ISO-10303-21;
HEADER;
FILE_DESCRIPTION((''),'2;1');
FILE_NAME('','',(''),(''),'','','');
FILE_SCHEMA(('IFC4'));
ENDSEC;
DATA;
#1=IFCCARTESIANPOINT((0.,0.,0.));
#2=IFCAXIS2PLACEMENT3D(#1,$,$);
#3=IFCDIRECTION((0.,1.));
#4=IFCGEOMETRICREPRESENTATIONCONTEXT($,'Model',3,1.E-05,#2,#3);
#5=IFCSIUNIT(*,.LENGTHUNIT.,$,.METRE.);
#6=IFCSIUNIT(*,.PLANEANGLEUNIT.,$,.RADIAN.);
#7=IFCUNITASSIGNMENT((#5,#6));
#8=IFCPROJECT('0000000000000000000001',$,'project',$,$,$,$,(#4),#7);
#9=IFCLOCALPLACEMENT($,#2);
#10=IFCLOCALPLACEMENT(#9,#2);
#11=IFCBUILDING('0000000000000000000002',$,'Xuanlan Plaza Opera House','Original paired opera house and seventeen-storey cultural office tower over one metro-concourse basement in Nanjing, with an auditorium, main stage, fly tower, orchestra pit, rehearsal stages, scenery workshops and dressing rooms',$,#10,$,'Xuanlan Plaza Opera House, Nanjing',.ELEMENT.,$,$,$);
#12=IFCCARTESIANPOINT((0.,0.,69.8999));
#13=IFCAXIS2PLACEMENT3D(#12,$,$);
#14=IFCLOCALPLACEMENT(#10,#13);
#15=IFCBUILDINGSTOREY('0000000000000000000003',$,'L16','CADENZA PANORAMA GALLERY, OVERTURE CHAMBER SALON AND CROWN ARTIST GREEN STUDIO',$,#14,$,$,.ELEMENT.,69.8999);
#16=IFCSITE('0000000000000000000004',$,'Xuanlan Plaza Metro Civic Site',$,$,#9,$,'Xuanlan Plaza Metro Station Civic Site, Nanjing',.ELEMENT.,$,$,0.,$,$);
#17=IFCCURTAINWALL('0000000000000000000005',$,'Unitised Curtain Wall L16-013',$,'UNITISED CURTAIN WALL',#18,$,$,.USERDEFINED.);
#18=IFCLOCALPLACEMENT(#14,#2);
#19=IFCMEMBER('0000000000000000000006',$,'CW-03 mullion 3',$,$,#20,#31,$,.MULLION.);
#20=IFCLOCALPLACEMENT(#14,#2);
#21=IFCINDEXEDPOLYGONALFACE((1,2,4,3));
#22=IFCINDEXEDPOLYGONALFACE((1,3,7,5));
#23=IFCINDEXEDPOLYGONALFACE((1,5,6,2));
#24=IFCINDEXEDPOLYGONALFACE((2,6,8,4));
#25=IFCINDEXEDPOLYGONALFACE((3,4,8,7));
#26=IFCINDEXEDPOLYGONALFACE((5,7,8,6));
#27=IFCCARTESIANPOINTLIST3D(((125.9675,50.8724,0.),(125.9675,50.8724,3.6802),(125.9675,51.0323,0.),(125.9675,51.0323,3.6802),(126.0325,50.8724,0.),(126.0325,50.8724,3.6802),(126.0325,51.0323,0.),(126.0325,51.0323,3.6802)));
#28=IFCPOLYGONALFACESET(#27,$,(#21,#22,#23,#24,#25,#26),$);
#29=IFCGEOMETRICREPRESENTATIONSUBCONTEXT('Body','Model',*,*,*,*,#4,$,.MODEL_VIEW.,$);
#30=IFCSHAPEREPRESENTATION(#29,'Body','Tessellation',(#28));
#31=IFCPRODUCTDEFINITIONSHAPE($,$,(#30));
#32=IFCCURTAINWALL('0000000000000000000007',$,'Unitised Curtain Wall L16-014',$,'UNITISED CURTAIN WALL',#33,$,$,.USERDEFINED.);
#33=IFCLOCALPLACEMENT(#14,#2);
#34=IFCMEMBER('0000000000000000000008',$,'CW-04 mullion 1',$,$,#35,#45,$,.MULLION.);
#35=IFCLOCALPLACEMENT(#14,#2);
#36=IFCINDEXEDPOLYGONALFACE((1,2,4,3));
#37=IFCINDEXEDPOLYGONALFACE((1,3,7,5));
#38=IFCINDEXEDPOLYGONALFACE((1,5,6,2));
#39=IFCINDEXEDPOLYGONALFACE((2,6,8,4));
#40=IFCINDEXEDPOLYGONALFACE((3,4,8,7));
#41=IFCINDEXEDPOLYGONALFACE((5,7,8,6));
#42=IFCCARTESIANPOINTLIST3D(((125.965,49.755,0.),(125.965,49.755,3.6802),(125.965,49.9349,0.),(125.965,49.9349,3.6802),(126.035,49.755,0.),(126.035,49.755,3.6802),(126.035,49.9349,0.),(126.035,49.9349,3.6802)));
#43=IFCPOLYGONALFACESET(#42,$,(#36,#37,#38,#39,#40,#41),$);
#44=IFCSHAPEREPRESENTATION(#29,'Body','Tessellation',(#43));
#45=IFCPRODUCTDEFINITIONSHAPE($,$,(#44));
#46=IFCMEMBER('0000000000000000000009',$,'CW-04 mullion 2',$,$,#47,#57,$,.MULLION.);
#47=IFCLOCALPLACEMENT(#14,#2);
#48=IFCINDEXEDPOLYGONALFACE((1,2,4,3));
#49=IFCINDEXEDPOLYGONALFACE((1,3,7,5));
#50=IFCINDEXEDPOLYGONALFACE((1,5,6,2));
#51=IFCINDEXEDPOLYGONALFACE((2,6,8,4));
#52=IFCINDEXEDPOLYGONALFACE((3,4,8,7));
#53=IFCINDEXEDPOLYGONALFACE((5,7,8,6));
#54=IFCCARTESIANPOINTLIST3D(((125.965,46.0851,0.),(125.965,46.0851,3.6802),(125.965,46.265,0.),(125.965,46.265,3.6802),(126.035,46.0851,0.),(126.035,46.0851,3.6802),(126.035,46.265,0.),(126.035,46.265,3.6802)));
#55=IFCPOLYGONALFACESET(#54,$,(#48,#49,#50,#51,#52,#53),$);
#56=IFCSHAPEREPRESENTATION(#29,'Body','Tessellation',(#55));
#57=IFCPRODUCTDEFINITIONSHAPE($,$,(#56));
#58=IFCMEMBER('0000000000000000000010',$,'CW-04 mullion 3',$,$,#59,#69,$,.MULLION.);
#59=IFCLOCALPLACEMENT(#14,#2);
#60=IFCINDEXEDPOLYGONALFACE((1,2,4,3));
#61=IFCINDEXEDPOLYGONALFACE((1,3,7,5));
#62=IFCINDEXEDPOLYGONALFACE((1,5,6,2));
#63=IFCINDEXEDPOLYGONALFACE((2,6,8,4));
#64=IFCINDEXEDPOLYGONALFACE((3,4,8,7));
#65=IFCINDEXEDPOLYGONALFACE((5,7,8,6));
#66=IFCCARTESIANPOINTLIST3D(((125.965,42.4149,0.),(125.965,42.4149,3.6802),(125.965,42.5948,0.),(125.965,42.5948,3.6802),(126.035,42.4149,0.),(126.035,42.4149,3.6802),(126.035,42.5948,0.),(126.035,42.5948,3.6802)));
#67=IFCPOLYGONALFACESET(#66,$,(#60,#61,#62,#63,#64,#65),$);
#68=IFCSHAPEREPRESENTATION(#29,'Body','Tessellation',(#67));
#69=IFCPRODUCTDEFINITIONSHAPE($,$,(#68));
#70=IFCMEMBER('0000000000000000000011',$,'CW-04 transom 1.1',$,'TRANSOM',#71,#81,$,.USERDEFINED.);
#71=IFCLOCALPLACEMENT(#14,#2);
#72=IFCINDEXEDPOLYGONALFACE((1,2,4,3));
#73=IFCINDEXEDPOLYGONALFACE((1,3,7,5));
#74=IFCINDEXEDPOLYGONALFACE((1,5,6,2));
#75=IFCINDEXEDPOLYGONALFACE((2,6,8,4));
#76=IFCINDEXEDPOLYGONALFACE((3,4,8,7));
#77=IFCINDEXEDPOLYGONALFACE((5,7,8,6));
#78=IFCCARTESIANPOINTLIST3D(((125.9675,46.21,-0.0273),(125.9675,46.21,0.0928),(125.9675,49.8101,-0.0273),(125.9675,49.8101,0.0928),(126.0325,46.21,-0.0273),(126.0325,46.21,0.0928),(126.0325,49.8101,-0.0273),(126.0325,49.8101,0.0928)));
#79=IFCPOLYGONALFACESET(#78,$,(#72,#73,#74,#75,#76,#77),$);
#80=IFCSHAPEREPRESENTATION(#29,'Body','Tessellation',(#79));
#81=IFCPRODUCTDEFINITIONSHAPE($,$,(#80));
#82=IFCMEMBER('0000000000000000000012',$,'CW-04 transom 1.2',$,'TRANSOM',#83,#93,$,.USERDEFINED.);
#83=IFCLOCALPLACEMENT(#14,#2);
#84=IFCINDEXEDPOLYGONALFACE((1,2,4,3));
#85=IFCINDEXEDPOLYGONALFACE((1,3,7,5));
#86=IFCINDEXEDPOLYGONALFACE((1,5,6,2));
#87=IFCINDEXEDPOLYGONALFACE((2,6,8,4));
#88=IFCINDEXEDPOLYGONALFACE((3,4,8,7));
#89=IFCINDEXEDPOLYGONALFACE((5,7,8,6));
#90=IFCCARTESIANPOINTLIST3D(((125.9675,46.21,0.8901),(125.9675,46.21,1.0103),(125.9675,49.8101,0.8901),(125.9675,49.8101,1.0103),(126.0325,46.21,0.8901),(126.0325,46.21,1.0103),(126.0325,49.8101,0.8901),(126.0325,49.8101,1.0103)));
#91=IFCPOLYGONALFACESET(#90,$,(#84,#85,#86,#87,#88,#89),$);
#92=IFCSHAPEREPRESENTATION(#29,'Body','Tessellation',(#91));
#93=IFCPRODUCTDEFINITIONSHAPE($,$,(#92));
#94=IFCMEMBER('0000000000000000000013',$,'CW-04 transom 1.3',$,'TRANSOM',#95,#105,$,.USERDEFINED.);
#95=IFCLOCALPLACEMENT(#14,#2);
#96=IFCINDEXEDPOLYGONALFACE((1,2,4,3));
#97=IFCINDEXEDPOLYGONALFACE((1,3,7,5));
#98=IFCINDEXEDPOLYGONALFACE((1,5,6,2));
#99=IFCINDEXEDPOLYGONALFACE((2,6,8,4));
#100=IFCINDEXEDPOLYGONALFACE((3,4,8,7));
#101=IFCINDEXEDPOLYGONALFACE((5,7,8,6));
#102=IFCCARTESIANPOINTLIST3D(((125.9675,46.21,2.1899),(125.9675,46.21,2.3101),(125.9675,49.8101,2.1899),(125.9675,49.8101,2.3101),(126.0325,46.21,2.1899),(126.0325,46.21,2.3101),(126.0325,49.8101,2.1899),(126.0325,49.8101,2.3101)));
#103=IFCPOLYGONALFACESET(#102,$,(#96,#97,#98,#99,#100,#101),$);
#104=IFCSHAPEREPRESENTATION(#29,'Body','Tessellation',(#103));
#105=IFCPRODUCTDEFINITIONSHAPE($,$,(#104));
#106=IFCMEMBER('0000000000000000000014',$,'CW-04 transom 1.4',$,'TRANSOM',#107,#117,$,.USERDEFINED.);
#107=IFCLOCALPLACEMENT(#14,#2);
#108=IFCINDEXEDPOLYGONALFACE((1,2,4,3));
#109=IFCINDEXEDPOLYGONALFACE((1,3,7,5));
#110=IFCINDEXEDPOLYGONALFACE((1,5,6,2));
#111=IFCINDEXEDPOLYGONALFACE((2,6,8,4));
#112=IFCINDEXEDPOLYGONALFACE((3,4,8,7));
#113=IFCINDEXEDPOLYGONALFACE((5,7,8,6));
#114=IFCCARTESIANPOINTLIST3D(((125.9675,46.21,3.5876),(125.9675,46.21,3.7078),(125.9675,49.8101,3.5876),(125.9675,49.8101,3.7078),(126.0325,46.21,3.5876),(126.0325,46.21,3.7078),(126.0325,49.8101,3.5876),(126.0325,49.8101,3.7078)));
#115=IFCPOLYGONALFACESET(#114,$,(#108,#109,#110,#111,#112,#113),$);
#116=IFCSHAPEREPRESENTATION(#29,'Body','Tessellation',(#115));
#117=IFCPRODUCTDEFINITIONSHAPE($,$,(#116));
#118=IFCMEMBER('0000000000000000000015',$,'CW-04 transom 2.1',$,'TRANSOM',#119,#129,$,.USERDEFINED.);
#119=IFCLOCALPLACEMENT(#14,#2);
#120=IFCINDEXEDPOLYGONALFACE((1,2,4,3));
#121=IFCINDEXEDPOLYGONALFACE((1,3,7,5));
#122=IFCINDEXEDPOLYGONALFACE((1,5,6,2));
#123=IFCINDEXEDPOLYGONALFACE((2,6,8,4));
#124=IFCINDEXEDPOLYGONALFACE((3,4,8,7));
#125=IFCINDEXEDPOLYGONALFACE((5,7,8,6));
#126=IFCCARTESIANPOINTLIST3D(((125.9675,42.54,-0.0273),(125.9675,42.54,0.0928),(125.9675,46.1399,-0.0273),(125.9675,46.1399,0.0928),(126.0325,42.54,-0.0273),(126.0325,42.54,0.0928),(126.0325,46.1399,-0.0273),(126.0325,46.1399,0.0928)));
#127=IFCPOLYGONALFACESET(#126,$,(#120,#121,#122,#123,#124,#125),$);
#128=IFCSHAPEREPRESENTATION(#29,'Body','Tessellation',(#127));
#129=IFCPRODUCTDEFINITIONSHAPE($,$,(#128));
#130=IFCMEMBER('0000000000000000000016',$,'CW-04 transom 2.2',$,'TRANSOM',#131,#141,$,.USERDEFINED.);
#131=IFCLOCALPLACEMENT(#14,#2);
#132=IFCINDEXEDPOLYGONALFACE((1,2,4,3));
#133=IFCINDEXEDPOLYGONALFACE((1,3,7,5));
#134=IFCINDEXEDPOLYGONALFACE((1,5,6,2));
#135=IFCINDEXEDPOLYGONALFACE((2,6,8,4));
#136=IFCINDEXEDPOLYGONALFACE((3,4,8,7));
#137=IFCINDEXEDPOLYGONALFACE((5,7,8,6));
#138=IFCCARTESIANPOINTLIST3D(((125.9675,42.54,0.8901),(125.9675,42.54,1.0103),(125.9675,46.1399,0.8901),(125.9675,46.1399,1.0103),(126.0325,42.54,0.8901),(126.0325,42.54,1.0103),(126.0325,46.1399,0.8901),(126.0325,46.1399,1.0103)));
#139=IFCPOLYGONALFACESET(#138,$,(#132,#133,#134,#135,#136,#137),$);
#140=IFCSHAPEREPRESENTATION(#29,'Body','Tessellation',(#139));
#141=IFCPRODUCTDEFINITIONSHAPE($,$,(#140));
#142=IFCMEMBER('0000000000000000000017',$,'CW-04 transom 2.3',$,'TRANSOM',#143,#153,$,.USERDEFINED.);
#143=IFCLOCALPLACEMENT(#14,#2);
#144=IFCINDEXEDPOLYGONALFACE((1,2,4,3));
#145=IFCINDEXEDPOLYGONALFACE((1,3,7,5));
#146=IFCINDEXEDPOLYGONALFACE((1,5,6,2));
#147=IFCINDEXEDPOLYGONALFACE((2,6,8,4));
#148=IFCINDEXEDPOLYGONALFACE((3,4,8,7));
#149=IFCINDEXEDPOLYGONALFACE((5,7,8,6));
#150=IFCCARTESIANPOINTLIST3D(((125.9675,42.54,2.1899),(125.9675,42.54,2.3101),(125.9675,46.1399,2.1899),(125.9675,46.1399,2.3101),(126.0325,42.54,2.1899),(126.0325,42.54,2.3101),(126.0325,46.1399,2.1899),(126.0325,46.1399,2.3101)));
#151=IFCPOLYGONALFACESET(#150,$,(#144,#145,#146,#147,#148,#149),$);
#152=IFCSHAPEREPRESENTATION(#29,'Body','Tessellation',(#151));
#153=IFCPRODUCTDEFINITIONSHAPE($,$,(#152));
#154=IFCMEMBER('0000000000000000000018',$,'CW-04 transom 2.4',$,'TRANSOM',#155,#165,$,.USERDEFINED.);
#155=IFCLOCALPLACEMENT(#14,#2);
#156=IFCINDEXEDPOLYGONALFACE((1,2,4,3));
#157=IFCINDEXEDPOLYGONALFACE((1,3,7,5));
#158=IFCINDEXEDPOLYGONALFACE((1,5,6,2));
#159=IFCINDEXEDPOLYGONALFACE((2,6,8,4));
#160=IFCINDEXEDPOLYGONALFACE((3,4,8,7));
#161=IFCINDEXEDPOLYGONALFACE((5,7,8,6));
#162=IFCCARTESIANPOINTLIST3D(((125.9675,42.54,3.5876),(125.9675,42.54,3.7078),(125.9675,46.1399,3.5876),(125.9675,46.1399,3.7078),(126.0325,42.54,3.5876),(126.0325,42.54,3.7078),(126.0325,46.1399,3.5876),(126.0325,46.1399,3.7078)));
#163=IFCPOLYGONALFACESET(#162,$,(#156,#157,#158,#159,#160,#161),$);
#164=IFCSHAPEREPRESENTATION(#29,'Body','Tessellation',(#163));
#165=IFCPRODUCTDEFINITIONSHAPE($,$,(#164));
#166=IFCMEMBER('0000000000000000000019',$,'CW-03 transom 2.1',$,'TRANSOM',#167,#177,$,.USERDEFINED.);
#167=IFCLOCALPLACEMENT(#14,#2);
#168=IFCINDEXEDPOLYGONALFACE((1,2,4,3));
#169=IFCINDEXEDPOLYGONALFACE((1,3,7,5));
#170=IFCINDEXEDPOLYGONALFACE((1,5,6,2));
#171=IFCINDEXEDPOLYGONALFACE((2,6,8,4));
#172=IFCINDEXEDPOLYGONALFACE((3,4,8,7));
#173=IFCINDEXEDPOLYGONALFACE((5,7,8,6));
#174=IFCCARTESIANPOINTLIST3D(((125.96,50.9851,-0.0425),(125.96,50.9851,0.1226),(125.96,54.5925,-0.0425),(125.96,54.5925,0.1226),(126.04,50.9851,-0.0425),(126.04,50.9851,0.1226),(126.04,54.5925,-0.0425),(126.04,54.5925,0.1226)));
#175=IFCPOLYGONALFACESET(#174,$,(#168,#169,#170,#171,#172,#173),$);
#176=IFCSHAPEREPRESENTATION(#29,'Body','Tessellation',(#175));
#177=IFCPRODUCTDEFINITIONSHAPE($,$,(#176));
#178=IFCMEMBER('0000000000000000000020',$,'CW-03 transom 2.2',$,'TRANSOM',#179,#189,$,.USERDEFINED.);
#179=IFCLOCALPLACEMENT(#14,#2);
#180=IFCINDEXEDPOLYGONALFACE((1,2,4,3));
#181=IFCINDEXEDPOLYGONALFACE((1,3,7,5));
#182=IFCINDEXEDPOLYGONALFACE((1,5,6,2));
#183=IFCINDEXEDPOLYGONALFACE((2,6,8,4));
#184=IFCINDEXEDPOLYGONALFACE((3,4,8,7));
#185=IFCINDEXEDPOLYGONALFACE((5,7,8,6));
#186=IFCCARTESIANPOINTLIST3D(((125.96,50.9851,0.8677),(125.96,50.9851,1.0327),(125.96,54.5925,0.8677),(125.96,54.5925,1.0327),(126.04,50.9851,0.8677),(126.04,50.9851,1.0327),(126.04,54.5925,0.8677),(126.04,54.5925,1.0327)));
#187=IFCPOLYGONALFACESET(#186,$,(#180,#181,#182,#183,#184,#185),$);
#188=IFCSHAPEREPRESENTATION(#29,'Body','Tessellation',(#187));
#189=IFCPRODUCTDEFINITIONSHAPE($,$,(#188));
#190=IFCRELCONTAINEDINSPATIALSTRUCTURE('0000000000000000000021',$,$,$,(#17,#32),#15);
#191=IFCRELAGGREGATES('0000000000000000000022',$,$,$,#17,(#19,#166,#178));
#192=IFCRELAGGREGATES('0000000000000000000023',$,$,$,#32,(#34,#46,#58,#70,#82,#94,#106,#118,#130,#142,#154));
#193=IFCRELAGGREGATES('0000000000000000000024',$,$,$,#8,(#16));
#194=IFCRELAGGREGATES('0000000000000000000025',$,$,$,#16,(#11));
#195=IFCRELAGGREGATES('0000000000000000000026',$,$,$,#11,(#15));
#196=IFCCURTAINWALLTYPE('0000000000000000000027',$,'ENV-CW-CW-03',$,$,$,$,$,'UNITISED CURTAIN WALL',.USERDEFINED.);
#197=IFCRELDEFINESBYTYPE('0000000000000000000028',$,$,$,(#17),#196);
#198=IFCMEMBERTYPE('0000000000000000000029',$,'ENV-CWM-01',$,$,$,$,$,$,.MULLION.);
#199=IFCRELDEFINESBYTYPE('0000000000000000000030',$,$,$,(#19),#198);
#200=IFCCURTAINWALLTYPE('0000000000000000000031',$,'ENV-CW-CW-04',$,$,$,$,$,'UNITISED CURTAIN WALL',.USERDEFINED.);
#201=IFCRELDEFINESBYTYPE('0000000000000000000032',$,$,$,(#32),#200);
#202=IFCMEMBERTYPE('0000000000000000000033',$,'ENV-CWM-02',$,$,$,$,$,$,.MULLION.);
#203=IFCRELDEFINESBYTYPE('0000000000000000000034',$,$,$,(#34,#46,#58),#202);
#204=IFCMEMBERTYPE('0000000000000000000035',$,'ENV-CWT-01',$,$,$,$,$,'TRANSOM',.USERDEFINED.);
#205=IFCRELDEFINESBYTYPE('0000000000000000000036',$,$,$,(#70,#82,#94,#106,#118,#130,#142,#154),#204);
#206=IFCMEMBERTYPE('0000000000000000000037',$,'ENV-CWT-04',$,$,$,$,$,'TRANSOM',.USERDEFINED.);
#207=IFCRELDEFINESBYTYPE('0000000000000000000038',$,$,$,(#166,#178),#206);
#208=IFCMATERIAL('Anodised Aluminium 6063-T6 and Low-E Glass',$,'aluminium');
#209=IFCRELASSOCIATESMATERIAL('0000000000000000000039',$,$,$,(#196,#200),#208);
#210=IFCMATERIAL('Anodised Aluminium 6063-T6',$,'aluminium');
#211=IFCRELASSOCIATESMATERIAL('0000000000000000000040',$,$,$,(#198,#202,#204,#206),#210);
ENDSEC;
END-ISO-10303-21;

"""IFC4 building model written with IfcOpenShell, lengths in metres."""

from ifc_helpers import new_model, si_unit, direction, frame, origin, origin_2d, place, context, subcontext, project, spatial, rectangle, extrude, material, material_profile, profile_set, type_object, element, aggregate, save


model = new_model("IFC4")

# Units and contexts
model_context = context("Model", 3, precision=1e-05, world=origin(), true_north=direction((0.0, 1.0)))
body_context = subcontext(model_context, "Body", "Model", "MODEL_VIEW")
ifc_project = project(units=[si_unit("LENGTHUNIT", "METRE"), si_unit("PLANEANGLEUNIT", "RADIAN")], contexts=[model_context])

# Site, building, storey
site_placement = place(None, origin())
site = spatial("IfcSite", under=ifc_project, at=site_placement, Name="Xuanlan Plaza Metro Civic Site", LongName="Xuanlan Plaza Metro Station Civic Site, Nanjing", CompositionType="ELEMENT", RefElevation=0.0)
building_placement = place(site_placement, origin())
building = spatial("IfcBuilding", under=site, at=building_placement, Name="Xuanlan Plaza Opera House", Description="Original paired opera house and seventeen-storey cultural office tower over one metro-concourse basement in Nanjing, with an auditorium, main stage, fly tower, orchestra pit, rehearsal stages, scenery workshops and dressing rooms", LongName="Xuanlan Plaza Opera House, Nanjing", CompositionType="ELEMENT")
storey_placement = place(building_placement, frame((0.0, 0.0, 69.8999)))
storey = spatial("IfcBuildingStorey", under=building, at=storey_placement, Name="L16", Description="CADENZA PANORAMA GALLERY, OVERTURE CHAMBER SALON AND CROWN ARTIST GREEN STUDIO", CompositionType="ELEMENT", Elevation=69.8999)

# Curtain wall, member
ifc_material_1 = material(Name="Anodised Aluminium 6063-T6 and Low-E Glass", Category="aluminium")
curtain_wall_type_1 = type_object("IfcCurtainWallType", Name="ENV-CW-CW-03", ElementType="UNITISED CURTAIN WALL", PredefinedType="USERDEFINED", material=ifc_material_1)
curtain_wall_1_placement = place(storey_placement, origin())
curtain_wall_1 = element("IfcCurtainWall", 1, at=curtain_wall_1_placement, inside=storey, type_object=curtain_wall_type_1, Name="Unitised Curtain Wall L16-013", ObjectType="UNITISED CURTAIN WALL", PredefinedType="USERDEFINED")
ifc_material_2 = material(Name="Anodised Aluminium 6063-T6", Category="aluminium")
ifc_material_profile_1 = material_profile(ifc_material_2, rectangle(XDim=0.0649, YDim=0.1599, at=origin_2d()), Name="ALU-M 65x160")
ifc_profile_set_1 = profile_set([ifc_material_profile_1], Name="Anodised Aluminium 6063-T6")
member_type_1 = type_object("IfcMemberType", Name="ENV-CWM-01", PredefinedType="MULLION", material=ifc_profile_set_1)
member_1_placement = place(storey_placement, frame((126.0, 50.9524, 0.0), z_axis=(0.0, 0.0, 1.0), x_axis=(1.0, 0.0, 0.0)))
member_1 = element("IfcMember", 2, at=member_1_placement, type_object=member_type_1, Name="CW-03 mullion 3", PredefinedType="MULLION", context=body_context, shape_type="SweptSolid", body=[
    extrude(rectangle(XDim=0.0649, YDim=0.1599, at=origin_2d()), origin(), (0.0, 0.0, 1.0), 3.6802),
])

# Curtain wall, members
curtain_wall_type_2 = type_object("IfcCurtainWallType", Name="ENV-CW-CW-04", ElementType="UNITISED CURTAIN WALL", PredefinedType="USERDEFINED", material=ifc_material_1)
curtain_wall_2_placement = place(storey_placement, origin())
curtain_wall_2 = element("IfcCurtainWall", 3, at=curtain_wall_2_placement, inside=storey, type_object=curtain_wall_type_2, Name="Unitised Curtain Wall L16-014", ObjectType="UNITISED CURTAIN WALL", PredefinedType="USERDEFINED")
ifc_material_profile_2 = material_profile(ifc_material_2, rectangle(XDim=0.0701, YDim=0.1799, at=origin_2d()), Name="ALU-M 70x180")
ifc_profile_set_2 = profile_set([ifc_material_profile_2], Name="Anodised Aluminium 6063-T6")
member_type_2 = type_object("IfcMemberType", Name="ENV-CWM-02", PredefinedType="MULLION", material=ifc_profile_set_2)
member_2_placement = place(storey_placement, frame((126.0, 49.845, 0.0), z_axis=(0.0, 0.0, 1.0), x_axis=(1.0, 0.0, 0.0)))
member_2 = element("IfcMember", 4, at=member_2_placement, type_object=member_type_2, Name="CW-04 mullion 1", PredefinedType="MULLION", context=body_context, shape_type="SweptSolid", body=[
    extrude(rectangle(XDim=0.0701, YDim=0.1799, at=origin_2d()), origin(), (0.0, 0.0, 1.0), 3.6802),
])
member_3_placement = place(storey_placement, frame((126.0, 46.175, 0.0), z_axis=(0.0, 0.0, 1.0), x_axis=(1.0, 0.0, 0.0)))
member_3 = element("IfcMember", 5, at=member_3_placement, type_object=member_type_2, Name="CW-04 mullion 2", PredefinedType="MULLION", context=body_context, shape_type="SweptSolid", body=[
    extrude(rectangle(XDim=0.0701, YDim=0.1799, at=origin_2d()), origin(), (0.0, 0.0, 1.0), 3.6802),
])
member_4_placement = place(storey_placement, frame((126.0, 42.5049, 0.0), z_axis=(0.0, 0.0, 1.0), x_axis=(1.0, 0.0, 0.0)))
member_4 = element("IfcMember", 6, at=member_4_placement, type_object=member_type_2, Name="CW-04 mullion 3", PredefinedType="MULLION", context=body_context, shape_type="SweptSolid", body=[
    extrude(rectangle(XDim=0.0701, YDim=0.1799, at=origin_2d()), origin(), (0.0, 0.0, 1.0), 3.6802),
])
ifc_material_profile_3 = material_profile(ifc_material_2, rectangle(XDim=0.0649, YDim=0.1201, at=origin_2d()), Name="ALU-T 65x120")
ifc_profile_set_3 = profile_set([ifc_material_profile_3], Name="Anodised Aluminium 6063-T6")
member_type_3 = type_object("IfcMemberType", Name="ENV-CWT-01", ElementType="TRANSOM", PredefinedType="USERDEFINED", material=ifc_profile_set_3)
member_5_placement = place(storey_placement, frame((126.0, 49.8101, 0.0327), z_axis=(0.0, -1.0, 0.0), x_axis=(1.0, 0.0, 0.0)))
member_5 = element("IfcMember", 7, at=member_5_placement, type_object=member_type_3, Name="CW-04 transom 1.1", ObjectType="TRANSOM", PredefinedType="USERDEFINED", context=body_context, shape_type="SweptSolid", body=[
    extrude(rectangle(XDim=0.0649, YDim=0.1201, at=origin_2d()), origin(), (0.0, 0.0, 1.0), 3.6001),
])
member_6_placement = place(storey_placement, frame((126.0, 49.8101, 0.9502), z_axis=(0.0, -1.0, 0.0), x_axis=(1.0, 0.0, 0.0)))
member_6 = element("IfcMember", 8, at=member_6_placement, type_object=member_type_3, Name="CW-04 transom 1.2", ObjectType="TRANSOM", PredefinedType="USERDEFINED", context=body_context, shape_type="SweptSolid", body=[
    extrude(rectangle(XDim=0.0649, YDim=0.1201, at=origin_2d()), origin(), (0.0, 0.0, 1.0), 3.6001),
])
member_7_placement = place(storey_placement, frame((126.0, 49.8101, 2.25), z_axis=(0.0, -1.0, 0.0), x_axis=(1.0, 0.0, 0.0)))
member_7 = element("IfcMember", 9, at=member_7_placement, type_object=member_type_3, Name="CW-04 transom 1.3", ObjectType="TRANSOM", PredefinedType="USERDEFINED", context=body_context, shape_type="SweptSolid", body=[
    extrude(rectangle(XDim=0.0649, YDim=0.1201, at=origin_2d()), origin(), (0.0, 0.0, 1.0), 3.6001),
])
member_8_placement = place(storey_placement, frame((126.0, 49.8101, 3.6477), z_axis=(0.0, -1.0, 0.0), x_axis=(1.0, 0.0, 0.0)))
member_8 = element("IfcMember", 10, at=member_8_placement, type_object=member_type_3, Name="CW-04 transom 1.4", ObjectType="TRANSOM", PredefinedType="USERDEFINED", context=body_context, shape_type="SweptSolid", body=[
    extrude(rectangle(XDim=0.0649, YDim=0.1201, at=origin_2d()), origin(), (0.0, 0.0, 1.0), 3.6001),
])
member_9_placement = place(storey_placement, frame((126.0, 46.1399, 0.0327), z_axis=(0.0, -1.0, 0.0), x_axis=(1.0, 0.0, 0.0)))
member_9 = element("IfcMember", 11, at=member_9_placement, type_object=member_type_3, Name="CW-04 transom 2.1", ObjectType="TRANSOM", PredefinedType="USERDEFINED", context=body_context, shape_type="SweptSolid", body=[
    extrude(rectangle(XDim=0.0649, YDim=0.1201, at=origin_2d()), origin(), (0.0, 0.0, 1.0), 3.5999),
])
member_10_placement = place(storey_placement, frame((126.0, 46.1399, 0.9502), z_axis=(0.0, -1.0, 0.0), x_axis=(1.0, 0.0, 0.0)))
member_10 = element("IfcMember", 12, at=member_10_placement, type_object=member_type_3, Name="CW-04 transom 2.2", ObjectType="TRANSOM", PredefinedType="USERDEFINED", context=body_context, shape_type="SweptSolid", body=[
    extrude(rectangle(XDim=0.0649, YDim=0.1201, at=origin_2d()), origin(), (0.0, 0.0, 1.0), 3.5999),
])
member_11_placement = place(storey_placement, frame((126.0, 46.1399, 2.25), z_axis=(0.0, -1.0, 0.0), x_axis=(1.0, 0.0, 0.0)))
member_11 = element("IfcMember", 13, at=member_11_placement, type_object=member_type_3, Name="CW-04 transom 2.3", ObjectType="TRANSOM", PredefinedType="USERDEFINED", context=body_context, shape_type="SweptSolid", body=[
    extrude(rectangle(XDim=0.0649, YDim=0.1201, at=origin_2d()), origin(), (0.0, 0.0, 1.0), 3.5999),
])
member_12_placement = place(storey_placement, frame((126.0, 46.1399, 3.6477), z_axis=(0.0, -1.0, 0.0), x_axis=(1.0, 0.0, 0.0)))
member_12 = element("IfcMember", 14, at=member_12_placement, type_object=member_type_3, Name="CW-04 transom 2.4", ObjectType="TRANSOM", PredefinedType="USERDEFINED", context=body_context, shape_type="SweptSolid", body=[
    extrude(rectangle(XDim=0.0649, YDim=0.1201, at=origin_2d()), origin(), (0.0, 0.0, 1.0), 3.5999),
])

# Members
ifc_material_profile_4 = material_profile(ifc_material_2, rectangle(XDim=0.0801, YDim=0.165, at=origin_2d()), Name="ALU-T 80x165")
ifc_profile_set_4 = profile_set([ifc_material_profile_4], Name="Anodised Aluminium 6063-T6")
member_type_4 = type_object("IfcMemberType", Name="ENV-CWT-04", ElementType="TRANSOM", PredefinedType="USERDEFINED", material=ifc_profile_set_4)
member_13_placement = place(storey_placement, frame((126.0, 54.5925, 0.04), z_axis=(0.0, -1.0, 0.0), x_axis=(1.0, 0.0, 0.0)))
member_13 = element("IfcMember", 15, at=member_13_placement, type_object=member_type_4, Name="CW-03 transom 2.1", ObjectType="TRANSOM", PredefinedType="USERDEFINED", context=body_context, shape_type="SweptSolid", body=[
    extrude(rectangle(XDim=0.0801, YDim=0.165, at=origin_2d()), origin(), (0.0, 0.0, 1.0), 3.6074),
])
member_14_placement = place(storey_placement, frame((126.0, 54.5925, 0.9502), z_axis=(0.0, -1.0, 0.0), x_axis=(1.0, 0.0, 0.0)))
member_14 = element("IfcMember", 16, at=member_14_placement, type_object=member_type_4, Name="CW-03 transom 2.2", ObjectType="TRANSOM", PredefinedType="USERDEFINED", context=body_context, shape_type="SweptSolid", body=[
    extrude(rectangle(XDim=0.0801, YDim=0.165, at=origin_2d()), origin(), (0.0, 0.0, 1.0), 3.6074),
])

aggregate(curtain_wall_1, [member_1, member_13, member_14])
aggregate(curtain_wall_2, [member_2, member_3, member_4, member_5, member_6, member_7, member_8, member_9, member_10, member_11, member_12])

save(model, "model.ifc")
